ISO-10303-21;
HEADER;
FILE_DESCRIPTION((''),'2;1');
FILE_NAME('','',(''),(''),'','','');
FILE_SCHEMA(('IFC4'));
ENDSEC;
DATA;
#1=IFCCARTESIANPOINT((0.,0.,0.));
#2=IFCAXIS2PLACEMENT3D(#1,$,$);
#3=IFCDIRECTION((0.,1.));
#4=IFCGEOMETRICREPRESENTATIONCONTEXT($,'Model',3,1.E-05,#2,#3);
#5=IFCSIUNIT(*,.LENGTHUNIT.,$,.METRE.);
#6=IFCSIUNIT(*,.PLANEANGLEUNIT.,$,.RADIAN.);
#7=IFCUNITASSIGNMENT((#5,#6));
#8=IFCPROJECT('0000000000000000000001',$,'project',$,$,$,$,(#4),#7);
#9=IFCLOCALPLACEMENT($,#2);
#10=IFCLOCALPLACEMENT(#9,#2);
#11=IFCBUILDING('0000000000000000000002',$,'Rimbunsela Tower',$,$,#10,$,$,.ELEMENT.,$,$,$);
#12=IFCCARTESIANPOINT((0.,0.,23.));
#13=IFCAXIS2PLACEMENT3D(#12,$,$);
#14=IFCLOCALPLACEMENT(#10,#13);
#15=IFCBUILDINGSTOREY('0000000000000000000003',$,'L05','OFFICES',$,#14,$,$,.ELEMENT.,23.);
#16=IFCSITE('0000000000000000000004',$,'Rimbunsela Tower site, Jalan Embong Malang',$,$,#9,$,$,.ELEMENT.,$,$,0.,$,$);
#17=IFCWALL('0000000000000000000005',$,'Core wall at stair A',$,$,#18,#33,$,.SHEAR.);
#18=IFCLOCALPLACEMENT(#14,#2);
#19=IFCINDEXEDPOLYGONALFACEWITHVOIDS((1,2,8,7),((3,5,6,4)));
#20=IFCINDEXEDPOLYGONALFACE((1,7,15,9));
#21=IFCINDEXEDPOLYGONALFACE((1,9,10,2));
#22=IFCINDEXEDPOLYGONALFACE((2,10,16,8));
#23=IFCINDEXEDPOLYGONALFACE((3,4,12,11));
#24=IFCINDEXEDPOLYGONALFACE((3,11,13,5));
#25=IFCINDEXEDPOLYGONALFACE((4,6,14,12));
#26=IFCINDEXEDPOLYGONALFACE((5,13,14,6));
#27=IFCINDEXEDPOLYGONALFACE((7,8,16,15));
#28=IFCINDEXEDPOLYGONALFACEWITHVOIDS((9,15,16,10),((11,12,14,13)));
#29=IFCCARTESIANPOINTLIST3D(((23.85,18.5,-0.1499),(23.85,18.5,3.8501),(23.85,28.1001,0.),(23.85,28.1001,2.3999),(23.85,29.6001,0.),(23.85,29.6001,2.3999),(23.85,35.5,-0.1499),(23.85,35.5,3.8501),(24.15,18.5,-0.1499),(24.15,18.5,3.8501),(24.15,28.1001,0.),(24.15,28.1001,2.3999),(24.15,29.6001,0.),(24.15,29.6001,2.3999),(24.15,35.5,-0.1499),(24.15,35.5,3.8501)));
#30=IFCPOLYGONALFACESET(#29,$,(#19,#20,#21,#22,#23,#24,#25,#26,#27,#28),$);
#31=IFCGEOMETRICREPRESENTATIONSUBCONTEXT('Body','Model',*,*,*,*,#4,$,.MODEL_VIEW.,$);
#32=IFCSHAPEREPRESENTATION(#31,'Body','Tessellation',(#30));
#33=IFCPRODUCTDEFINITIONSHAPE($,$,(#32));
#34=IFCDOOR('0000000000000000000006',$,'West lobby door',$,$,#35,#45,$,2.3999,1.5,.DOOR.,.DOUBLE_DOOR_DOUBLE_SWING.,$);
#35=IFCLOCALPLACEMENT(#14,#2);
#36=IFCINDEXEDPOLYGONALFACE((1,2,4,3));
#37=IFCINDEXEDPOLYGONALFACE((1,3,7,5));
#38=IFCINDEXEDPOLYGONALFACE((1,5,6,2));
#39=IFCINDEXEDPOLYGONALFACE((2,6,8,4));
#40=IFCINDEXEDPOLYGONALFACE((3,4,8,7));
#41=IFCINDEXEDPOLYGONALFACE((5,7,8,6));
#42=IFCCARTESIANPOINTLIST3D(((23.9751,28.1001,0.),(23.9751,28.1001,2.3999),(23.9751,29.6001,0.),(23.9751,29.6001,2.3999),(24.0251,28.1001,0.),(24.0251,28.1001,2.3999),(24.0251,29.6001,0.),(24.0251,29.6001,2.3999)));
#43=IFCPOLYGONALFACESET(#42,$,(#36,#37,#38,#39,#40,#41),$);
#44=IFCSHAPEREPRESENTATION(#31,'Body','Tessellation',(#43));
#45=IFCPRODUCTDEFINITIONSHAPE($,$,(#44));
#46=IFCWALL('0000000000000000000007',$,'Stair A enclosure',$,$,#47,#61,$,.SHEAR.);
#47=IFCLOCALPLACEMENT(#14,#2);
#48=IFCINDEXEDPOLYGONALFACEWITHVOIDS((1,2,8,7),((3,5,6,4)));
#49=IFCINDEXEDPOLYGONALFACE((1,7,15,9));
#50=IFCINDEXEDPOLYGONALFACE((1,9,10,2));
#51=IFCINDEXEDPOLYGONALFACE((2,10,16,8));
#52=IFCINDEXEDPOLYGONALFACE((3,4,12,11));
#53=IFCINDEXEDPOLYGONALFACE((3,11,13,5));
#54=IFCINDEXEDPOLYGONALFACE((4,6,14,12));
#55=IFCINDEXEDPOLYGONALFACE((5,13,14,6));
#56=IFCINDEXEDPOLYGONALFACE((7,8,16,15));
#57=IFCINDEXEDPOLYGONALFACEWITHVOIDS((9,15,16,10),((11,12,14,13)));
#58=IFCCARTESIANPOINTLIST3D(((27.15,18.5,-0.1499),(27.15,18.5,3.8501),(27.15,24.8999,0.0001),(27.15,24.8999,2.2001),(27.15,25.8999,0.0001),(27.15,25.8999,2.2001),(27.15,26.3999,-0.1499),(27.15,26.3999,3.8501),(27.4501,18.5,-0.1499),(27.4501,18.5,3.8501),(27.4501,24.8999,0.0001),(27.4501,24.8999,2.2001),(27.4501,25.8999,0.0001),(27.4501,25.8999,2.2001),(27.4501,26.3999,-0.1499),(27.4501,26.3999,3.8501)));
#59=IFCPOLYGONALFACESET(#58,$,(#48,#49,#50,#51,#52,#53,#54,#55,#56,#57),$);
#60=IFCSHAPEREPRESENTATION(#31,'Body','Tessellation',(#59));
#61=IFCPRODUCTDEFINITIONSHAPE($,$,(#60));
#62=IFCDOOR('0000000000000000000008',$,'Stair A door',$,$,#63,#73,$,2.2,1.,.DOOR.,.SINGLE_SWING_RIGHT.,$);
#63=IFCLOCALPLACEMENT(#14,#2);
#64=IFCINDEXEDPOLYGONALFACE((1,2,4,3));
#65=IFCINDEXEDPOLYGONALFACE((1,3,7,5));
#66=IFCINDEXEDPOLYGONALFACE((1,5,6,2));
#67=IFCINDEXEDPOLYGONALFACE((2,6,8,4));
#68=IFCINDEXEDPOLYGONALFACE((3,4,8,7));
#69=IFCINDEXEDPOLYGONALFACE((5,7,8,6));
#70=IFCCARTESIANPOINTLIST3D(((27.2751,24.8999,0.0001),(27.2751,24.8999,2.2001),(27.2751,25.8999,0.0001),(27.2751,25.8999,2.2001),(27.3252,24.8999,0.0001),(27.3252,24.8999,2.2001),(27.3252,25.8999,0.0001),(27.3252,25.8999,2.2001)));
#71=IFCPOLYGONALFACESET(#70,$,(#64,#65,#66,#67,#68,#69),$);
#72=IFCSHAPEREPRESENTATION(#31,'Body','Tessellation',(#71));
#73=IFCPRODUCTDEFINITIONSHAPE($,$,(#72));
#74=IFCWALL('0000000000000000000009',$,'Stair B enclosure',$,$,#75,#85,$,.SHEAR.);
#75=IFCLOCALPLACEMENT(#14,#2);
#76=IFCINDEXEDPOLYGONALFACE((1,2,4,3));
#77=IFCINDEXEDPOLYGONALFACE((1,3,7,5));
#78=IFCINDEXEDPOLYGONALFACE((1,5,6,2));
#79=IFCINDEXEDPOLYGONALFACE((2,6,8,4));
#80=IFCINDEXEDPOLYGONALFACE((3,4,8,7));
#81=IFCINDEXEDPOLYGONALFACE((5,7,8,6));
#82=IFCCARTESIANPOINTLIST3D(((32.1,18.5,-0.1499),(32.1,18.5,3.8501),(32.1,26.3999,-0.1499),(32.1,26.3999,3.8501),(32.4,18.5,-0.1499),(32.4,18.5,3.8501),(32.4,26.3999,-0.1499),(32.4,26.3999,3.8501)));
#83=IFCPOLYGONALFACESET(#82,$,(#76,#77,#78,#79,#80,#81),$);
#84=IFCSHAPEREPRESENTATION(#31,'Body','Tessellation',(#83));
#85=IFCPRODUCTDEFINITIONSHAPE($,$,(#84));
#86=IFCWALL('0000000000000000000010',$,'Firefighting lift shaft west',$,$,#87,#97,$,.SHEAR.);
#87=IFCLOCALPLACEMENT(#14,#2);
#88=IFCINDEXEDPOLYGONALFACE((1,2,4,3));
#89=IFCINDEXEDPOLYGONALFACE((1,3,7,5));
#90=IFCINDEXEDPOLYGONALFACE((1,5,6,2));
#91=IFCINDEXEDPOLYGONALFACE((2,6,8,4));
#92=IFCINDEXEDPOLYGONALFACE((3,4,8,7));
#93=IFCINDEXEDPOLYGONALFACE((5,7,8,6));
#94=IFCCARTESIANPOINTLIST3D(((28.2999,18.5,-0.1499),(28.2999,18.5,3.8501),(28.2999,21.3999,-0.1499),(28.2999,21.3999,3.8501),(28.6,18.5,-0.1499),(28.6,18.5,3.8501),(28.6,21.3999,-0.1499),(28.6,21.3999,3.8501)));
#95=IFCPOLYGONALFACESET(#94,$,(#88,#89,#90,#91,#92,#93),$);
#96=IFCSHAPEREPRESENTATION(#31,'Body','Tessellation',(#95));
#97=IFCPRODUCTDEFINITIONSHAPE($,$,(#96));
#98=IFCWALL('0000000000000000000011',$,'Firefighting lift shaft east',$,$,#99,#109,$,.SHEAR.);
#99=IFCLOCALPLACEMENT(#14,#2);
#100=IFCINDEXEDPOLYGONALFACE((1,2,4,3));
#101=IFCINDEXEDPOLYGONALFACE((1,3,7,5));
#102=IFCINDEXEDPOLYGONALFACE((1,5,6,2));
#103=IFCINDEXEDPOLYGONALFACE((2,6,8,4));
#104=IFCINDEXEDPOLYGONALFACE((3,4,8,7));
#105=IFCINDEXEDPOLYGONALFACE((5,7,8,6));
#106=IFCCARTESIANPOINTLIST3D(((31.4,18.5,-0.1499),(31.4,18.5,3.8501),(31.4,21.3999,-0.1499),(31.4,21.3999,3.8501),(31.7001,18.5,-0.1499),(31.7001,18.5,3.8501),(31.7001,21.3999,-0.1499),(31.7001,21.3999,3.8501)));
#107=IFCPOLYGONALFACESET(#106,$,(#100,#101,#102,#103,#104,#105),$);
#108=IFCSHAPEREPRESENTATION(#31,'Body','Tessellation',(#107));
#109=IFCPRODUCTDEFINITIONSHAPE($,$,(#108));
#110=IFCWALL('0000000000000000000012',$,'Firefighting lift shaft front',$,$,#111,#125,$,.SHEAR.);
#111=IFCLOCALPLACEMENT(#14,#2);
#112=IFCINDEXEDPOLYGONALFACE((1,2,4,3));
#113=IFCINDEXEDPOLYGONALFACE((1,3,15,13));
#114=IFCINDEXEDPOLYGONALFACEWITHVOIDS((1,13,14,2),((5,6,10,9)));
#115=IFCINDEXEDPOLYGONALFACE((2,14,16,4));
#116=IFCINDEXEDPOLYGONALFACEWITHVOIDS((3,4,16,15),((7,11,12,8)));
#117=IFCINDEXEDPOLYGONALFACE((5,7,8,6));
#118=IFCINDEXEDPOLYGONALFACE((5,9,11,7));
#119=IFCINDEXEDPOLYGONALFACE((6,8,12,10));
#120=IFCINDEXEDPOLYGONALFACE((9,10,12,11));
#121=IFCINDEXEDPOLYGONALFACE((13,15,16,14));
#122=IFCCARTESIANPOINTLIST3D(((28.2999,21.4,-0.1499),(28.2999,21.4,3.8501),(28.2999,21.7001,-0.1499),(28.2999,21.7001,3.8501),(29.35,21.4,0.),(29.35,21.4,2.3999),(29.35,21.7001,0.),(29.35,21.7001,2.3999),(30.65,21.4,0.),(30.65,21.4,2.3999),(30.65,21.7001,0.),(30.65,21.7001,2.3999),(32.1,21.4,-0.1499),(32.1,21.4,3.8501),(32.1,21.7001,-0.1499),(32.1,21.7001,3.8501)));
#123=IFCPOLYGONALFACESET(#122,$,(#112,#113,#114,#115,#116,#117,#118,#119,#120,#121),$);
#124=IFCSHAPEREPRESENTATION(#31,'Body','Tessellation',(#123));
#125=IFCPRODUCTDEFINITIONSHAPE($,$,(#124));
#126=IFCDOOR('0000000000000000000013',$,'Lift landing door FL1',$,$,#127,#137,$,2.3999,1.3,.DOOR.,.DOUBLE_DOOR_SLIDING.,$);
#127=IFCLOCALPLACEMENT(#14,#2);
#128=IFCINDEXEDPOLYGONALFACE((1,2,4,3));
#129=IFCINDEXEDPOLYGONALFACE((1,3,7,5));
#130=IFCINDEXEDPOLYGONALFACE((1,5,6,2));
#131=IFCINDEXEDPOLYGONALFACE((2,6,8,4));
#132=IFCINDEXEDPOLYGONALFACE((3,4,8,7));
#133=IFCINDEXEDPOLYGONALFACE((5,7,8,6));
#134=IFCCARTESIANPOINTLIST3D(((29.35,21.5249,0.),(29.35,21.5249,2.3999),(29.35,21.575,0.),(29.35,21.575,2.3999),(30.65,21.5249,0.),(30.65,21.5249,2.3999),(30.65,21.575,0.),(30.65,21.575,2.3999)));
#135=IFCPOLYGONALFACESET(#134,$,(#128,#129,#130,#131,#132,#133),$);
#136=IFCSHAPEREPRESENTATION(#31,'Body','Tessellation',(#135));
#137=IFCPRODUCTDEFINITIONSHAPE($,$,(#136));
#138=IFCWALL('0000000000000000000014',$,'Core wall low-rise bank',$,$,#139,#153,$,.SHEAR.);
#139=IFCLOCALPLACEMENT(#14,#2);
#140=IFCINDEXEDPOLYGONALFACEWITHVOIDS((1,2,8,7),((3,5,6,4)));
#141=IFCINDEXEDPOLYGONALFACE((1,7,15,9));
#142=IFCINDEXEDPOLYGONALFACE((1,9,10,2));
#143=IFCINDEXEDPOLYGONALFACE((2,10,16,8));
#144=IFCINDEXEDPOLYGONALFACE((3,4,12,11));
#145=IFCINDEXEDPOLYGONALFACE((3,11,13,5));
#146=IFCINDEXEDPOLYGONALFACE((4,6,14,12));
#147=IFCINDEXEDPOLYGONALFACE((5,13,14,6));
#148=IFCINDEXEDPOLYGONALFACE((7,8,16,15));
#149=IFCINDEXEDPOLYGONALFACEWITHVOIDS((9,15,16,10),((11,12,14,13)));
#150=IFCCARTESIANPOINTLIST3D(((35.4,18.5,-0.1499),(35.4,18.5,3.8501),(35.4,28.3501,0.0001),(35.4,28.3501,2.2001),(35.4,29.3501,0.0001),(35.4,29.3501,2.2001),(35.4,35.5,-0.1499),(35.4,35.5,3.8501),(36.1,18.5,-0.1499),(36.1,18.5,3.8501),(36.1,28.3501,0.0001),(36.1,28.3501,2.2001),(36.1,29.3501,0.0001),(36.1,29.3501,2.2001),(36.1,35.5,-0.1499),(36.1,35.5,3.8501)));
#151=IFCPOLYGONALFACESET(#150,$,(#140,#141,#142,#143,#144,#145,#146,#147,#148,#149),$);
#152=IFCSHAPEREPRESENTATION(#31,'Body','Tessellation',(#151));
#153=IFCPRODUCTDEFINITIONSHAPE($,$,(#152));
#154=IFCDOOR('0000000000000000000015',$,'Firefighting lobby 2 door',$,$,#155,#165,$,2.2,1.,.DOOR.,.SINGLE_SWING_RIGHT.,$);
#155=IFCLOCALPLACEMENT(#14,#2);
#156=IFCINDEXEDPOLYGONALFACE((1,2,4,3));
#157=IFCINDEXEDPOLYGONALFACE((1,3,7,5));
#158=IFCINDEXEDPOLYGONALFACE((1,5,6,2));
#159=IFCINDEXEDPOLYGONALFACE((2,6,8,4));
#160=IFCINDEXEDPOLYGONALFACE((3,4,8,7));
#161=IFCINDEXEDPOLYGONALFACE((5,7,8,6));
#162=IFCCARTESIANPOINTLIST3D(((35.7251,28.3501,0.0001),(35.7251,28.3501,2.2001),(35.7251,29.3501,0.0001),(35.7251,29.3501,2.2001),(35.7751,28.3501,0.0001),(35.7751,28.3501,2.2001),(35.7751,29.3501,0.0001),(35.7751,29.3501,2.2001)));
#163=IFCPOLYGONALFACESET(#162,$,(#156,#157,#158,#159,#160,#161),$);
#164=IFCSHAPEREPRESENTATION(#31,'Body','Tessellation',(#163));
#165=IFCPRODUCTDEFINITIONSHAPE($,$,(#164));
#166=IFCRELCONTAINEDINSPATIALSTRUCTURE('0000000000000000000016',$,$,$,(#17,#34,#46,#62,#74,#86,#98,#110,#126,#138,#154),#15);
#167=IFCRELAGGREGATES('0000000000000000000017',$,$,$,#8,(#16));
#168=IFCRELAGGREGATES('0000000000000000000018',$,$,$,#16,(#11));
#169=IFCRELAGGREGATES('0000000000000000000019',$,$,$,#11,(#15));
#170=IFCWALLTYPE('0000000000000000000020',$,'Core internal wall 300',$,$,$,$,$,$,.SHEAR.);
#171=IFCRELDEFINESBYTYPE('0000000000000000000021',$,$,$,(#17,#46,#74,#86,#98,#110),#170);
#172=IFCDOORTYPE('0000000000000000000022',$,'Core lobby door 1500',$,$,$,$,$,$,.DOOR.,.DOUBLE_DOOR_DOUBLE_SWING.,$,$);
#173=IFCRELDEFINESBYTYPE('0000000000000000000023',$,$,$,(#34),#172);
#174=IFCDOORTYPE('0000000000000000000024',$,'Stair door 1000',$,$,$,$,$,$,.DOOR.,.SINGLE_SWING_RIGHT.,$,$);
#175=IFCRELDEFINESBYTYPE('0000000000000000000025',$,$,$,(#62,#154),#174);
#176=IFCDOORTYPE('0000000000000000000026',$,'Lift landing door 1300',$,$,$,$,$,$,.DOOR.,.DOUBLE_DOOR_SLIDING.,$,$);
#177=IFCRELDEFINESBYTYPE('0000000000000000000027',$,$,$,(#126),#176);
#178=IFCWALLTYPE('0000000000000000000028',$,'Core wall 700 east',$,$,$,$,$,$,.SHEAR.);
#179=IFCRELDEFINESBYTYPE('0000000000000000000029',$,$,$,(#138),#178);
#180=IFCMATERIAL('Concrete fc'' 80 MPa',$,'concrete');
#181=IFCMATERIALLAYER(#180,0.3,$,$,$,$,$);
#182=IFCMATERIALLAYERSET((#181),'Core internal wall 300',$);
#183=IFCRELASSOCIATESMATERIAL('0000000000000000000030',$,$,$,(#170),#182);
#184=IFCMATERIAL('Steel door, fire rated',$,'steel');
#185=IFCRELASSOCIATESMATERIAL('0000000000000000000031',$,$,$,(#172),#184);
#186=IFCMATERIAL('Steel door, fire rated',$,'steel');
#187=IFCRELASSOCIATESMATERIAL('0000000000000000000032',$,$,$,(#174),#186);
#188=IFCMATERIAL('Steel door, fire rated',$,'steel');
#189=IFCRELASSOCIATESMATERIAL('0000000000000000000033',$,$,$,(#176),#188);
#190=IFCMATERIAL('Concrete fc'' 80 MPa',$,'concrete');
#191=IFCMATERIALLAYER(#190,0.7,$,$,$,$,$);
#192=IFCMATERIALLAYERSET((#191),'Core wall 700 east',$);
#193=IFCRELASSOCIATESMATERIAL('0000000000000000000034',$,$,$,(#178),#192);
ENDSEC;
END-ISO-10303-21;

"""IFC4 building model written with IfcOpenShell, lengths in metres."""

from ifc_helpers import new_model, si_unit, direction, frame, frame_2d, origin, place, context, subcontext, project, spatial, rectangle, extrude, material, layer, layer_set, type_object, element, fill, save


model = new_model("IFC4")

# Units and contexts
model_context = context("Model", 3, precision=1e-05, world=origin(), true_north=direction((0.0, 1.0)))
body_context = subcontext(model_context, "Body", "Model", "MODEL_VIEW")
ifc_project = project(units=[si_unit("LENGTHUNIT", "METRE"), si_unit("PLANEANGLEUNIT", "RADIAN")], contexts=[model_context])

# Site, building, storey
site_placement = place(None, origin())
site = spatial("IfcSite", under=ifc_project, at=site_placement, Name="Rimbunsela Tower site, Jalan Embong Malang", CompositionType="ELEMENT", RefElevation=0.0)
building_placement = place(site_placement, origin())
building = spatial("IfcBuilding", under=site, at=building_placement, Name="Rimbunsela Tower", CompositionType="ELEMENT")
storey_placement = place(building_placement, frame((0.0, 0.0, 23.0)))
storey = spatial("IfcBuildingStorey", under=building, at=storey_placement, Name="L05", Description="OFFICES", CompositionType="ELEMENT", Elevation=23.0)

# Walls, openings, doors
ifc_material_1 = material(Name="Concrete fc' 80 MPa", Category="concrete")
ifc_layer_1 = layer(ifc_material_1, 0.3)
ifc_layer_set_1 = layer_set([ifc_layer_1], Name="Core internal wall 300")
wall_type_1 = type_object("IfcWallType", Name="Core internal wall 300", PredefinedType="SHEAR", material=ifc_layer_set_1)
wall_1_placement = place(storey_placement, frame((24.0, 18.5, -0.1499), z_axis=(0.0, 0.0, 1.0), x_axis=(0.0, 1.0, 0.0)))
wall_1 = element("IfcWall", 1, at=wall_1_placement, inside=storey, type_object=wall_type_1, Name="Core wall at stair A", PredefinedType="SHEAR", context=body_context, shape_type="SweptSolid", body=[
    extrude(rectangle(XDim=17.0, YDim=0.3, at=frame_2d((8.5, 0.0))), origin(), (0.0, 0.0, 1.0), 4.0),
])
opening_1_placement = place(wall_1_placement, frame((9.6001, 0.0, 0.1499)))
opening_1 = element("IfcOpeningElement", 2, at=opening_1_placement, cuts=wall_1, PredefinedType="OPENING", context=body_context, shape_type="SweptSolid", body=[
    extrude(rectangle(XDim=1.5, YDim=2.3999, at=frame_2d((0.75, 1.2))), frame((0.0, 0.1599, 0.0), z_axis=(0.0, -1.0, 0.0), x_axis=(1.0, 0.0, 0.0)), (0.0, 0.0, 1.0), 0.3201),
])
ifc_material_2 = material(Name="Steel door, fire rated", Category="steel")
door_type_1 = type_object("IfcDoorType", Name="Core lobby door 1500", OperationType="DOUBLE_DOOR_DOUBLE_SWING", PredefinedType="DOOR", material=ifc_material_2)
door_1_placement = place(opening_1_placement, origin())
door_1 = element("IfcDoor", 3, at=door_1_placement, inside=storey, type_object=door_type_1, Name="West lobby door", OperationType="DOUBLE_DOOR_DOUBLE_SWING", OverallHeight=2.3999, OverallWidth=1.5, PredefinedType="DOOR", context=body_context, shape_type="SweptSolid", body=[
    extrude(rectangle(XDim=1.5, YDim=2.3999, at=frame_2d((0.75, 1.2))), frame((0.0, 0.0249, 0.0), z_axis=(0.0, -1.0, 0.0), x_axis=(1.0, 0.0, 0.0)), (0.0, 0.0, 1.0), 0.05),
])
fill(opening_1, door_1)
wall_2_placement = place(storey_placement, frame((27.3, 18.5, -0.1499), z_axis=(0.0, 0.0, 1.0), x_axis=(0.0, 1.0, 0.0)))
wall_2 = element("IfcWall", 4, at=wall_2_placement, inside=storey, type_object=wall_type_1, Name="Stair A enclosure", PredefinedType="SHEAR", context=body_context, shape_type="SweptSolid", body=[
    extrude(rectangle(XDim=7.8999, YDim=0.3, at=frame_2d((3.95, 0.0))), origin(), (0.0, 0.0, 1.0), 4.0),
])
opening_2_placement = place(wall_2_placement, frame((6.3999, 0.0, 0.1499)))
opening_2 = element("IfcOpeningElement", 5, at=opening_2_placement, cuts=wall_2, PredefinedType="OPENING", context=body_context, shape_type="SweptSolid", body=[
    extrude(rectangle(XDim=1.0, YDim=2.2, at=frame_2d((0.5, 1.1001))), frame((0.0, 0.1599, 0.0), z_axis=(0.0, -1.0, 0.0), x_axis=(1.0, 0.0, 0.0)), (0.0, 0.0, 1.0), 0.3201),
])
ifc_material_3 = material(Name="Steel door, fire rated", Category="steel")
door_type_2 = type_object("IfcDoorType", Name="Stair door 1000", OperationType="SINGLE_SWING_RIGHT", PredefinedType="DOOR", material=ifc_material_3)
door_2_placement = place(opening_2_placement, origin())
door_2 = element("IfcDoor", 6, at=door_2_placement, inside=storey, type_object=door_type_2, Name="Stair A door", OperationType="SINGLE_SWING_RIGHT", OverallHeight=2.2, OverallWidth=1.0, PredefinedType="DOOR", context=body_context, shape_type="SweptSolid", body=[
    extrude(rectangle(XDim=1.0, YDim=2.2, at=frame_2d((0.5, 1.1001))), frame((0.0, 0.0249, 0.0), z_axis=(0.0, -1.0, 0.0), x_axis=(1.0, 0.0, 0.0)), (0.0, 0.0, 1.0), 0.05),
])
fill(opening_2, door_2)

# Walls
wall_3_placement = place(storey_placement, frame((32.25, 18.5, -0.1499), z_axis=(0.0, 0.0, 1.0), x_axis=(0.0, 1.0, 0.0)))
element("IfcWall", 7, at=wall_3_placement, inside=storey, type_object=wall_type_1, Name="Stair B enclosure", PredefinedType="SHEAR", context=body_context, shape_type="SweptSolid", body=[
    extrude(rectangle(XDim=7.8999, YDim=0.3, at=frame_2d((3.95, 0.0))), origin(), (0.0, 0.0, 1.0), 4.0),
])
for number, where, z_axis, x_axis, name in (
    (8, (28.45, 18.5, -0.1499), (0.0, 0.0, 1.0), (0.0, 1.0, 0.0), "Firefighting lift shaft west"),
    (9, (31.55, 18.5, -0.1499), (0.0, 0.0, 1.0), (0.0, 1.0, 0.0), "Firefighting lift shaft east"),
):
    element("IfcWall", number, at=place(storey_placement, frame(where, z_axis=z_axis, x_axis=x_axis)), inside=storey, type_object=wall_type_1, Name=name, PredefinedType="SHEAR", context=body_context, shape_type="SweptSolid", body=[
        extrude(rectangle(XDim=2.8999, YDim=0.3, at=frame_2d((1.45, 0.0))), origin(), (0.0, 0.0, 1.0), 4.0),
    ])

# Walls, openings, doors
wall_4_placement = place(storey_placement, frame((28.3, 21.55, -0.1499), z_axis=(0.0, 0.0, 1.0), x_axis=(1.0, 0.0, 0.0)))
wall_4 = element("IfcWall", 10, at=wall_4_placement, inside=storey, type_object=wall_type_1, Name="Firefighting lift shaft front", PredefinedType="SHEAR", context=body_context, shape_type="SweptSolid", body=[
    extrude(rectangle(XDim=3.8, YDim=0.3, at=frame_2d((1.8999, 0.0))), origin(), (0.0, 0.0, 1.0), 4.0),
])
opening_3_placement = place(wall_4_placement, frame((1.05, 0.0, 0.1499)))
opening_3 = element("IfcOpeningElement", 11, at=opening_3_placement, cuts=wall_4, PredefinedType="OPENING", context=body_context, shape_type="SweptSolid", body=[
    extrude(rectangle(XDim=1.3, YDim=2.3999, at=frame_2d((0.6499, 1.2))), frame((0.0, 0.1599, 0.0), z_axis=(0.0, -1.0, 0.0), x_axis=(1.0, 0.0, 0.0)), (0.0, 0.0, 1.0), 0.3201),
])
ifc_material_4 = material(Name="Steel door, fire rated", Category="steel")
door_type_3 = type_object("IfcDoorType", Name="Lift landing door 1300", OperationType="DOUBLE_DOOR_SLIDING", PredefinedType="DOOR", material=ifc_material_4)
door_3_placement = place(opening_3_placement, origin())
door_3 = element("IfcDoor", 12, at=door_3_placement, inside=storey, type_object=door_type_3, Name="Lift landing door FL1", OperationType="DOUBLE_DOOR_SLIDING", OverallHeight=2.3999, OverallWidth=1.3, PredefinedType="DOOR", context=body_context, shape_type="SweptSolid", body=[
    extrude(rectangle(XDim=1.3, YDim=2.3999, at=frame_2d((0.6499, 1.2))), frame((0.0, 0.0249, 0.0), z_axis=(0.0, -1.0, 0.0), x_axis=(1.0, 0.0, 0.0)), (0.0, 0.0, 1.0), 0.05),
])
fill(opening_3, door_3)
ifc_material_5 = material(Name="Concrete fc' 80 MPa", Category="concrete")
ifc_layer_2 = layer(ifc_material_5, 0.7)
ifc_layer_set_2 = layer_set([ifc_layer_2], Name="Core wall 700 east")
wall_type_2 = type_object("IfcWallType", Name="Core wall 700 east", PredefinedType="SHEAR", material=ifc_layer_set_2)
wall_5_placement = place(storey_placement, frame((35.75, 18.5, -0.1499), z_axis=(0.0, 0.0, 1.0), x_axis=(0.0, 1.0, 0.0)))
wall_5 = element("IfcWall", 13, at=wall_5_placement, inside=storey, type_object=wall_type_2, Name="Core wall low-rise bank", PredefinedType="SHEAR", context=body_context, shape_type="SweptSolid", body=[
    extrude(rectangle(XDim=17.0, YDim=0.7, at=frame_2d((8.5, 0.0))), origin(), (0.0, 0.0, 1.0), 4.0),
])
opening_4_placement = place(wall_5_placement, frame((9.8501, 0.0, 0.1499)))
opening_4 = element("IfcOpeningElement", 14, at=opening_4_placement, cuts=wall_5, PredefinedType="OPENING", context=body_context, shape_type="SweptSolid", body=[
    extrude(rectangle(XDim=1.0, YDim=2.2, at=frame_2d((0.5, 1.1001))), frame((0.0, 0.3599, 0.0), z_axis=(0.0, -1.0, 0.0), x_axis=(1.0, 0.0, 0.0)), (0.0, 0.0, 1.0), 0.72),
])
door_4_placement = place(opening_4_placement, origin())
door_4 = element("IfcDoor", 15, at=door_4_placement, inside=storey, type_object=door_type_2, Name="Firefighting lobby 2 door", OperationType="SINGLE_SWING_RIGHT", OverallHeight=2.2, OverallWidth=1.0, PredefinedType="DOOR", context=body_context, shape_type="SweptSolid", body=[
    extrude(rectangle(XDim=1.0, YDim=2.2, at=frame_2d((0.5, 1.1001))), frame((0.0, 0.0249, 0.0), z_axis=(0.0, -1.0, 0.0), x_axis=(1.0, 0.0, 0.0)), (0.0, 0.0, 1.0), 0.05),
])
fill(opening_4, door_4)

save(model, "model.ifc")
